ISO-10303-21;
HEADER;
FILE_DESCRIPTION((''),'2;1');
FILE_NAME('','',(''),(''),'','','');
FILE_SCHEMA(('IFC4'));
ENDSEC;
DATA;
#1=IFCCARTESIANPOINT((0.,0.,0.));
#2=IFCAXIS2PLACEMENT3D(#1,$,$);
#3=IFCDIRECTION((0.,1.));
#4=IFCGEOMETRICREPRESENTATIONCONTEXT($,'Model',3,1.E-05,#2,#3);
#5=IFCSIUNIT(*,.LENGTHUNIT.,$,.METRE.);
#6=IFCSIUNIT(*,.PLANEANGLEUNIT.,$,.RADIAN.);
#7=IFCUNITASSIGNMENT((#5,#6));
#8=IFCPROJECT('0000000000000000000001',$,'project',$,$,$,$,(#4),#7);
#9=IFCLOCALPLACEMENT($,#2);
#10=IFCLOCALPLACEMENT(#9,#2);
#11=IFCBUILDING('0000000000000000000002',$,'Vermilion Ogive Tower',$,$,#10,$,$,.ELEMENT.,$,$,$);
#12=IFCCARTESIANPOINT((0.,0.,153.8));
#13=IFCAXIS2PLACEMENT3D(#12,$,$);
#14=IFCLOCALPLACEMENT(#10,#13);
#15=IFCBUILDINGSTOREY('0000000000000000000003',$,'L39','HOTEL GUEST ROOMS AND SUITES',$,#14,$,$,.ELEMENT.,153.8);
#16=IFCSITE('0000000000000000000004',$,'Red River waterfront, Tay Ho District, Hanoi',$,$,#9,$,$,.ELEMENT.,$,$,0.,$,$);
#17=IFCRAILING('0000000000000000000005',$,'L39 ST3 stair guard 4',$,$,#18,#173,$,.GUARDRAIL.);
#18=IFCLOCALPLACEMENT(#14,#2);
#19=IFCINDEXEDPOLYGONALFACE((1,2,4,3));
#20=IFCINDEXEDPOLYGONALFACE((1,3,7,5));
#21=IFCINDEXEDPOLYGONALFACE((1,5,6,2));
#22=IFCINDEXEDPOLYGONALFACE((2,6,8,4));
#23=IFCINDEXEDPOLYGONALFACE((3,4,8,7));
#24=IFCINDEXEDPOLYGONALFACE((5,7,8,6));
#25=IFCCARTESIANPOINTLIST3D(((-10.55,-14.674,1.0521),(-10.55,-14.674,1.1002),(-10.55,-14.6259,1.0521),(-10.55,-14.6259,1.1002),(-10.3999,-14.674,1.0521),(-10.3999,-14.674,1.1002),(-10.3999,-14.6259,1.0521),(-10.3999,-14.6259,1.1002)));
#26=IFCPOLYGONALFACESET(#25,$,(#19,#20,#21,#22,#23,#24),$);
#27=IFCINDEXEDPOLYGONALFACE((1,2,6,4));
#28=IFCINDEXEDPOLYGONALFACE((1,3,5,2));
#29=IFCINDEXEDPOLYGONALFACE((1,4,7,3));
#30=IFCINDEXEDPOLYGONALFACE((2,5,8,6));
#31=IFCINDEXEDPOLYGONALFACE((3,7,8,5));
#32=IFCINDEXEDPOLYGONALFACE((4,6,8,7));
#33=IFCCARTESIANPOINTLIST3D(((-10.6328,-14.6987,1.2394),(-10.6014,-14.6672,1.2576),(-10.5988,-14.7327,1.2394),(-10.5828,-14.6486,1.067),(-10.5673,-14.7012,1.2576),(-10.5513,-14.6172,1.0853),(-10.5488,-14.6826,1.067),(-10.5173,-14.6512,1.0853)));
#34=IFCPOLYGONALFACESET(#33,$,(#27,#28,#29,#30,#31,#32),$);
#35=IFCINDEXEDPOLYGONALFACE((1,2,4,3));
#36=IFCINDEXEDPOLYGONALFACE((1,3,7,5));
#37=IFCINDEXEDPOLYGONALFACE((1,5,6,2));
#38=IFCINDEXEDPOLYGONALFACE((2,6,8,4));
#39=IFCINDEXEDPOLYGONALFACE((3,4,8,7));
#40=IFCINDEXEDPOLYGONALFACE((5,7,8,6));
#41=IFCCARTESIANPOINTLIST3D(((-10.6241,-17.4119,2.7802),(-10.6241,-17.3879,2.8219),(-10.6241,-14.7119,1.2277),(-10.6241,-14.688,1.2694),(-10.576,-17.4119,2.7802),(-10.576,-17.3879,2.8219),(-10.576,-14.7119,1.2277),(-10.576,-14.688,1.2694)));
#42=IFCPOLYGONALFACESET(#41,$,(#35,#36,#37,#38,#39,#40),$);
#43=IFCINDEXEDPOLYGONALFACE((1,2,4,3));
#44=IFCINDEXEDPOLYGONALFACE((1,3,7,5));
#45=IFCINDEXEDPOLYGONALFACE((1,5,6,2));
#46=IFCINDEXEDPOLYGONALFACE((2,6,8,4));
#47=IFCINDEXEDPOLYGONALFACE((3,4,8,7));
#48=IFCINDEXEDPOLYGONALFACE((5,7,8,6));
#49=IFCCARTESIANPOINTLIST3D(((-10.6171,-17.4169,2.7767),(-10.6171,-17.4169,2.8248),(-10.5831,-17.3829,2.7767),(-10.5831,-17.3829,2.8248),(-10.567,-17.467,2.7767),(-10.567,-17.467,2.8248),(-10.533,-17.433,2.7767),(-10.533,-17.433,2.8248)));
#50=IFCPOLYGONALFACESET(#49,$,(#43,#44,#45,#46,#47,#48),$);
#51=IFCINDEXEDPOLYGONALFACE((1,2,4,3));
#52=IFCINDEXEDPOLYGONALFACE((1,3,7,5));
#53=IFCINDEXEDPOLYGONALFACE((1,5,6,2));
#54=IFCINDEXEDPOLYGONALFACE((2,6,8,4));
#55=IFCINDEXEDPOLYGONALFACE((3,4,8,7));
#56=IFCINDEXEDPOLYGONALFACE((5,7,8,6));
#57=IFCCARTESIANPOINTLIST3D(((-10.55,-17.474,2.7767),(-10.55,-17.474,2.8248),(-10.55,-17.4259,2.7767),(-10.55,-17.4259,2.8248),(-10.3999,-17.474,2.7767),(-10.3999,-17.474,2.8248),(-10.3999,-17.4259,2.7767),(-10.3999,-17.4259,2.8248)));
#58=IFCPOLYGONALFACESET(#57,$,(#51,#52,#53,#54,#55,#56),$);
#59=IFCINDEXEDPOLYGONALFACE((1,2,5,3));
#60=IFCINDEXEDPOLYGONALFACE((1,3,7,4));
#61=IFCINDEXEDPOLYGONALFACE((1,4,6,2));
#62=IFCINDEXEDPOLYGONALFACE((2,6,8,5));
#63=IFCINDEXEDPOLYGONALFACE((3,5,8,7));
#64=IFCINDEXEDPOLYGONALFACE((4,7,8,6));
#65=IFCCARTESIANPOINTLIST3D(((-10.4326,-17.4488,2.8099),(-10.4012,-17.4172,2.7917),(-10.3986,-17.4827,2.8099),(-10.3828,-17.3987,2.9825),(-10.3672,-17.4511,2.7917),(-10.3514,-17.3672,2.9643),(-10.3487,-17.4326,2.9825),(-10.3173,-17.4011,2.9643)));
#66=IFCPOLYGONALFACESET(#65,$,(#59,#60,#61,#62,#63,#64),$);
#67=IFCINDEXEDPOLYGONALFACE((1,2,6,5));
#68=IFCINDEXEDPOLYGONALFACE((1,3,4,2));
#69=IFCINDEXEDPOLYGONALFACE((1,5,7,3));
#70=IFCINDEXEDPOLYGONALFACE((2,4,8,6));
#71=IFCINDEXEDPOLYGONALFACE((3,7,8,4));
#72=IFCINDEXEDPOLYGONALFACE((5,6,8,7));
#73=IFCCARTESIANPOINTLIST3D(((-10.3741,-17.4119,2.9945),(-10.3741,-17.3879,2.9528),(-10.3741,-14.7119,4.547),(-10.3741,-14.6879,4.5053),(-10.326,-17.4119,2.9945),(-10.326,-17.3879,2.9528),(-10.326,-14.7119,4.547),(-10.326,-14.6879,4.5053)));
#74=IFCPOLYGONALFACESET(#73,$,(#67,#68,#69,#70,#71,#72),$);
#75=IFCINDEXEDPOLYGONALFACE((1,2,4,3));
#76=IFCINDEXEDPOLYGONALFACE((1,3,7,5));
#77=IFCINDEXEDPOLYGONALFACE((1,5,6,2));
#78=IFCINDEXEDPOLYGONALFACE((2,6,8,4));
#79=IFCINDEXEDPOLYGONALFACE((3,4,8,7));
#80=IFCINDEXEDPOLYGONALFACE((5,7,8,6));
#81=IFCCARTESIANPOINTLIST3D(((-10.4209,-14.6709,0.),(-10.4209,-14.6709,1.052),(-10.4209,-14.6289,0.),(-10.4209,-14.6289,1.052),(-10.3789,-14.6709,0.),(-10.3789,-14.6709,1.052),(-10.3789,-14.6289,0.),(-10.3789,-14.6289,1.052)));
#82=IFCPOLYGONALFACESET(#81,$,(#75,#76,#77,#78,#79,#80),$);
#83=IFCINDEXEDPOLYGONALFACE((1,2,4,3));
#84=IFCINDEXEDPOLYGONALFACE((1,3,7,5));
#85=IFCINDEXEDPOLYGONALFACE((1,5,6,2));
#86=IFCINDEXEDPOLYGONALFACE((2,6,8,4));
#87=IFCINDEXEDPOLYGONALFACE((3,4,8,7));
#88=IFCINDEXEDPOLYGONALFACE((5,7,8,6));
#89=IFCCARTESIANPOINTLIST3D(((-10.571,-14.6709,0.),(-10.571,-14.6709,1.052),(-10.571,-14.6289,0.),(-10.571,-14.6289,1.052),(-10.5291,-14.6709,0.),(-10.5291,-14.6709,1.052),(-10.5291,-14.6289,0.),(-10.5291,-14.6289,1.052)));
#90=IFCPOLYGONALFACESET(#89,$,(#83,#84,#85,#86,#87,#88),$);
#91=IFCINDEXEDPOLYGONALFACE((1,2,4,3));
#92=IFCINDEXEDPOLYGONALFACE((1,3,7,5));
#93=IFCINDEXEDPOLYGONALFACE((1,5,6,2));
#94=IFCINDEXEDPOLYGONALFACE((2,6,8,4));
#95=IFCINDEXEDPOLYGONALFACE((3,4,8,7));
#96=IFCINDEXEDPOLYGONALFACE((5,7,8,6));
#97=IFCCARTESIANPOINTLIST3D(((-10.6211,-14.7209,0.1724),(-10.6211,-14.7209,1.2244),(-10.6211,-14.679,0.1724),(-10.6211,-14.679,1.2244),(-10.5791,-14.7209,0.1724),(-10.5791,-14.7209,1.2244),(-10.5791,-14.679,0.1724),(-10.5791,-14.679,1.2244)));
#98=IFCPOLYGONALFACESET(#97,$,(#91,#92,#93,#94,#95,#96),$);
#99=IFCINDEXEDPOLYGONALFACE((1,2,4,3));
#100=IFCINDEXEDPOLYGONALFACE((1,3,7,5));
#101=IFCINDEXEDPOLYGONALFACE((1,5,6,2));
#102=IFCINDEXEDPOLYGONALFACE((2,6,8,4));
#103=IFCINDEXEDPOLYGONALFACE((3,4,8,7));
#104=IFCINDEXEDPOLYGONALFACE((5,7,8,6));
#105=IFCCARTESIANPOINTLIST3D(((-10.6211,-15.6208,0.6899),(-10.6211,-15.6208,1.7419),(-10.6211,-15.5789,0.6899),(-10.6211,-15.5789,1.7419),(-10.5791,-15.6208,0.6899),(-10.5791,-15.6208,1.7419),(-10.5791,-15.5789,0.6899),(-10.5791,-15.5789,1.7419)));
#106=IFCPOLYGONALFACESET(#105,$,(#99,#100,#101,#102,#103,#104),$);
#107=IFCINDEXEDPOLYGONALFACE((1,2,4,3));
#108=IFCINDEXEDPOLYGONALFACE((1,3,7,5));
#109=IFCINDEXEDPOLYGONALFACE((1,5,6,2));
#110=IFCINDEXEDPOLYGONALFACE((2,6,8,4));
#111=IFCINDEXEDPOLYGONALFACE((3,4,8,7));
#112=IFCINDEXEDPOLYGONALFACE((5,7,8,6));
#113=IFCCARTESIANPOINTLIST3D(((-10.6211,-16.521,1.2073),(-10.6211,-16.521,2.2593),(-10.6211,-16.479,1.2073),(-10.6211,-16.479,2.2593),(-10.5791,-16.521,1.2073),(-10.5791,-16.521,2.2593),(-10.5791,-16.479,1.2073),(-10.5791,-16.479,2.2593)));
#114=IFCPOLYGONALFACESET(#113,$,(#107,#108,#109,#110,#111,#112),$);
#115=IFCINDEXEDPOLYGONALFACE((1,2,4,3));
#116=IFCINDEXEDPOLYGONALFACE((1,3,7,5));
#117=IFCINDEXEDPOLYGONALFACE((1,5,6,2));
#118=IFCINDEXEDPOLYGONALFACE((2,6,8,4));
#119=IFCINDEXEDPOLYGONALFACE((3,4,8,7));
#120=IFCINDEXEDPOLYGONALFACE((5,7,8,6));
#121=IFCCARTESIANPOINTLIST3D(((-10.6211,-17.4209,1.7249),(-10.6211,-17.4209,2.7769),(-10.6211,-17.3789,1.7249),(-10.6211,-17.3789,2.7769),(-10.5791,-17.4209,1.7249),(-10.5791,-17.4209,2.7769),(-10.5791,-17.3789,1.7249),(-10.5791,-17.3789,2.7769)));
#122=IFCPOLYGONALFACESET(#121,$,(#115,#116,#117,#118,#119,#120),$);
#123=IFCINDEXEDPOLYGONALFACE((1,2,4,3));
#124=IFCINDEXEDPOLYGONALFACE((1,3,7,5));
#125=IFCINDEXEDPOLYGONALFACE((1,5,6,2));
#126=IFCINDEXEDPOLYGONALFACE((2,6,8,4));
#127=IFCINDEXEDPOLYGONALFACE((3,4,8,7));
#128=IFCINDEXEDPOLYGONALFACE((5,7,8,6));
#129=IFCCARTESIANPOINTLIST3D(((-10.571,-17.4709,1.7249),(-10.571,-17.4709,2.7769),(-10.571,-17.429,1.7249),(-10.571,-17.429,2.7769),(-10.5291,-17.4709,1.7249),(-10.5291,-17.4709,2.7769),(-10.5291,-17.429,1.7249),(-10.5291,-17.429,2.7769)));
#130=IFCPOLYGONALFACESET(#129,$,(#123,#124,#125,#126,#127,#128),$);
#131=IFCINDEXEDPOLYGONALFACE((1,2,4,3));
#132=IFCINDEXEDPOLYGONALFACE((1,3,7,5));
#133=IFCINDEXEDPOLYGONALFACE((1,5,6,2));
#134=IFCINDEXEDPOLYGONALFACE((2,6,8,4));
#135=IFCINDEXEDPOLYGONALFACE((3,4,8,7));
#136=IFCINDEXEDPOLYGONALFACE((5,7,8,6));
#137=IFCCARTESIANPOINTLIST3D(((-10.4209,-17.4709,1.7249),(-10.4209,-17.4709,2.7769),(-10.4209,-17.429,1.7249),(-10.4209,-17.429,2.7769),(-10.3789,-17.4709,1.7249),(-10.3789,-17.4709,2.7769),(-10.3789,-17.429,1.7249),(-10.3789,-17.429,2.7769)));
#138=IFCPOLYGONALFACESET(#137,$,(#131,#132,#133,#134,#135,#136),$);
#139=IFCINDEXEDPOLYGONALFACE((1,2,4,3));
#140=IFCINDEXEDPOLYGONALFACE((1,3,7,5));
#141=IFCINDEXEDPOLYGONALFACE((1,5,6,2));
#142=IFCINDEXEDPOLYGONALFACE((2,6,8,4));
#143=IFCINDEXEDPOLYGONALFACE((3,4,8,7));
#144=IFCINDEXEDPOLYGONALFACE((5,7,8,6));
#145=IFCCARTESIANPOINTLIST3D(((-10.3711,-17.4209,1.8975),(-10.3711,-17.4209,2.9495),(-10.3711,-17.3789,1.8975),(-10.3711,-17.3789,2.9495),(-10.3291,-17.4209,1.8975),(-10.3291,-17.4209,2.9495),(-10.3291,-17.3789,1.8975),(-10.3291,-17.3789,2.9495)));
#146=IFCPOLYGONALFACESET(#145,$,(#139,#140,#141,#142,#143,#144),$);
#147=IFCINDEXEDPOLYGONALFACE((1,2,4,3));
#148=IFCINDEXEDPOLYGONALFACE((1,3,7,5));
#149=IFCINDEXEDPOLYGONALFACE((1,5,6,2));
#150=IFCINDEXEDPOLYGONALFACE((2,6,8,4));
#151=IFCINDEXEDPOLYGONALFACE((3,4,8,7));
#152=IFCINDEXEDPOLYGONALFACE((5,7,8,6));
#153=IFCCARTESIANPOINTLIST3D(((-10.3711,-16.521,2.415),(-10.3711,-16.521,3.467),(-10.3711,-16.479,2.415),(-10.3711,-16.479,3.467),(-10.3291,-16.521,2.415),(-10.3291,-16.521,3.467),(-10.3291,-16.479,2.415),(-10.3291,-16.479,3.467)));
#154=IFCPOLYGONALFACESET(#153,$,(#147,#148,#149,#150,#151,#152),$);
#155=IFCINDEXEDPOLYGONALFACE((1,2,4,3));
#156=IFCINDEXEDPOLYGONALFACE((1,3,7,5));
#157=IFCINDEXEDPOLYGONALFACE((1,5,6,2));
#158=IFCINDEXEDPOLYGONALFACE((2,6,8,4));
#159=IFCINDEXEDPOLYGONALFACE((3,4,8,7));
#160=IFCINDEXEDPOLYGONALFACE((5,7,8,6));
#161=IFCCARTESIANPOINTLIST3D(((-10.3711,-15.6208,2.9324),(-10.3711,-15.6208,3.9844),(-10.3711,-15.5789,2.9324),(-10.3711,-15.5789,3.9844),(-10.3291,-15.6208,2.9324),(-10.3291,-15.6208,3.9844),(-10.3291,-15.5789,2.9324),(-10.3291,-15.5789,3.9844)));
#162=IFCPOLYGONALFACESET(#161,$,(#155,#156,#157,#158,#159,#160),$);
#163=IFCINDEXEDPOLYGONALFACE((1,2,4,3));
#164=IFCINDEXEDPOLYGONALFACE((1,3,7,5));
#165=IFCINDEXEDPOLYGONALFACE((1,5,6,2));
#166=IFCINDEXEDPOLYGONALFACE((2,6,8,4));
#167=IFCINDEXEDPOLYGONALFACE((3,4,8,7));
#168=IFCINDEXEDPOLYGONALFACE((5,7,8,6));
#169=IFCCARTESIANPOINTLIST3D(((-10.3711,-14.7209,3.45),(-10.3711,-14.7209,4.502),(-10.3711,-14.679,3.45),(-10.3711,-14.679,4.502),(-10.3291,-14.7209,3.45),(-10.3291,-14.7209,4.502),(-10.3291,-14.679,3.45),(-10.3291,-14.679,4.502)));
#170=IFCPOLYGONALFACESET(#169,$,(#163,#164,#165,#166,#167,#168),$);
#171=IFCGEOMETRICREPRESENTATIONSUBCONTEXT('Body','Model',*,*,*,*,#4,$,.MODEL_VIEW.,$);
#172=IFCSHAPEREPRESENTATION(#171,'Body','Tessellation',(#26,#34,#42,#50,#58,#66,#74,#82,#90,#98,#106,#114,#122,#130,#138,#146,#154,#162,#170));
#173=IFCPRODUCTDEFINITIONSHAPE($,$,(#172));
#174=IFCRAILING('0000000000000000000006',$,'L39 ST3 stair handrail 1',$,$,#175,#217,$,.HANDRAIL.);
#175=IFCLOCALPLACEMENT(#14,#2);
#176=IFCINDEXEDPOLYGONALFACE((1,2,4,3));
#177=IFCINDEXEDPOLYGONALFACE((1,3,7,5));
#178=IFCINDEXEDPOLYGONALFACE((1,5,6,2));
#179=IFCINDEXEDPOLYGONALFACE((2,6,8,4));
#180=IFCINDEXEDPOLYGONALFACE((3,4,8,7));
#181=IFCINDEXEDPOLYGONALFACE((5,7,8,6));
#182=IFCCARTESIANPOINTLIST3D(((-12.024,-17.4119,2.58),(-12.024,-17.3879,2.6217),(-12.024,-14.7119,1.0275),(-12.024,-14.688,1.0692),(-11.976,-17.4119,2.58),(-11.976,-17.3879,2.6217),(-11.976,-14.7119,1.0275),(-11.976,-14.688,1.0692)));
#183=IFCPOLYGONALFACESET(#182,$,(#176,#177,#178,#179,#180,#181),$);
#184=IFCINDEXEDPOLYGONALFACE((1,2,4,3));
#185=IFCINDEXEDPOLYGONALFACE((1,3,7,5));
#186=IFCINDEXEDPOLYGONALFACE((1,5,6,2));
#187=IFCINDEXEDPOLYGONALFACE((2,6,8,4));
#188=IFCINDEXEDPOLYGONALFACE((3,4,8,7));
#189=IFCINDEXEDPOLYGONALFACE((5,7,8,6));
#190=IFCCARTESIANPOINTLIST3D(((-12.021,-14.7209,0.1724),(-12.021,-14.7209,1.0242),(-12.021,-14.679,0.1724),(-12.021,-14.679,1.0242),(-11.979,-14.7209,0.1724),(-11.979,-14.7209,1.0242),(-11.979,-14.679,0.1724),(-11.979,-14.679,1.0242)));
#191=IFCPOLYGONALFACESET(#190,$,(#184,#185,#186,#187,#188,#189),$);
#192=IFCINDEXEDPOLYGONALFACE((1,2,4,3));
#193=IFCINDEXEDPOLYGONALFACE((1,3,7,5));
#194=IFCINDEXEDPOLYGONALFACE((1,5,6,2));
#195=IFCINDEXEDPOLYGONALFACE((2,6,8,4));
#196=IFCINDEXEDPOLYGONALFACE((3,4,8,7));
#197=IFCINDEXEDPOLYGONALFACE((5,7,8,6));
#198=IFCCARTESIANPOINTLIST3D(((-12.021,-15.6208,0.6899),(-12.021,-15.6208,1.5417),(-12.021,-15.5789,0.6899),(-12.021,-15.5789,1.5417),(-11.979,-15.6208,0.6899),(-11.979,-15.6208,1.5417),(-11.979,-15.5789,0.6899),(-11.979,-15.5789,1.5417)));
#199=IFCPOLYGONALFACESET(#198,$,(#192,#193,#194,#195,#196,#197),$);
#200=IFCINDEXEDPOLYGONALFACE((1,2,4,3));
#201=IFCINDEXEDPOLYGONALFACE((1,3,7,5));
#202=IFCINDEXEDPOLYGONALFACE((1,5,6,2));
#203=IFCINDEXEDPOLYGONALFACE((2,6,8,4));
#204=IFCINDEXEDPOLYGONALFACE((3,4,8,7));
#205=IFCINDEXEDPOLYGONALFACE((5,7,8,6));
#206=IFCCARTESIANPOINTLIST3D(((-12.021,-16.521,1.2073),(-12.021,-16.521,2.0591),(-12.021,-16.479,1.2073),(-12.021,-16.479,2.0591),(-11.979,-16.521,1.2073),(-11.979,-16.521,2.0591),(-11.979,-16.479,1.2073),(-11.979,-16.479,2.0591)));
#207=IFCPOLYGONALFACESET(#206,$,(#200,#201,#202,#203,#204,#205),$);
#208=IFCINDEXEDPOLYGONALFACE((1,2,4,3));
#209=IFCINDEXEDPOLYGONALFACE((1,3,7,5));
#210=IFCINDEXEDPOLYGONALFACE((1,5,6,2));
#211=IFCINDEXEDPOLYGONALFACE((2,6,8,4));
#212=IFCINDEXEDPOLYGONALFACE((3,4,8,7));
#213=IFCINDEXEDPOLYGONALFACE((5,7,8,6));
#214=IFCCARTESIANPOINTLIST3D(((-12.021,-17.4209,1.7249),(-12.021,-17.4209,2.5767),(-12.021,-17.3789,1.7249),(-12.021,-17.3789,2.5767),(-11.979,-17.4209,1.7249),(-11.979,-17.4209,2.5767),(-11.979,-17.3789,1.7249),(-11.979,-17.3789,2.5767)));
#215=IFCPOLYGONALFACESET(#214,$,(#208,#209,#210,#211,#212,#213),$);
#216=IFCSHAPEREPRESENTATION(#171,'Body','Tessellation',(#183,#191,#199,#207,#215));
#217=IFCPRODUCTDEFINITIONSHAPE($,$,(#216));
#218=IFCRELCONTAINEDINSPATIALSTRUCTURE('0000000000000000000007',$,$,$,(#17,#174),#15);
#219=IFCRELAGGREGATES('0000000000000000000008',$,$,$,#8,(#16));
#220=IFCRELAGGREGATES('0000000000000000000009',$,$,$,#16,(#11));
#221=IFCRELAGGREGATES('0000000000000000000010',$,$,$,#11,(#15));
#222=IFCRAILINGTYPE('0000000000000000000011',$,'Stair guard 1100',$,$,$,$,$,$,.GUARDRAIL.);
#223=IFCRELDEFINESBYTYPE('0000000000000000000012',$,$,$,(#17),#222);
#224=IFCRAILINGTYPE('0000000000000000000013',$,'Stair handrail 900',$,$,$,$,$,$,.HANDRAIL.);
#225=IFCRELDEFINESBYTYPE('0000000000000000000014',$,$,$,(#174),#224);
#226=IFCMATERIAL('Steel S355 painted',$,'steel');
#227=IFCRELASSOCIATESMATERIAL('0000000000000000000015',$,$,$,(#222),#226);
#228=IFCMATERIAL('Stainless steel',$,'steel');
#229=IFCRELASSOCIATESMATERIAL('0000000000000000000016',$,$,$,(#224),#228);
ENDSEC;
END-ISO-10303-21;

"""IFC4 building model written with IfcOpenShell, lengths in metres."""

from ifc_helpers import new_model, si_unit, direction, frame, origin, origin_2d, place, context, subcontext, project, spatial, rectangle, extrude, material, type_object, element, save


model = new_model("IFC4")

# Units and contexts
model_context = context("Model", 3, precision=1e-05, world=origin(), true_north=direction((0.0, 1.0)))
body_context = subcontext(model_context, "Body", "Model", "MODEL_VIEW")
ifc_project = project(units=[si_unit("LENGTHUNIT", "METRE"), si_unit("PLANEANGLEUNIT", "RADIAN")], contexts=[model_context])

# Site, building, storey
site_placement = place(None, origin())
site = spatial("IfcSite", under=ifc_project, at=site_placement, Name="Red River waterfront, Tay Ho District, Hanoi", CompositionType="ELEMENT", RefElevation=0.0)
building_placement = place(site_placement, origin())
building = spatial("IfcBuilding", under=site, at=building_placement, Name="Vermilion Ogive Tower", CompositionType="ELEMENT")
storey_placement = place(building_placement, frame((0.0, 0.0, 153.8)))
storey = spatial("IfcBuildingStorey", under=building, at=storey_placement, Name="L39", Description="HOTEL GUEST ROOMS AND SUITES", CompositionType="ELEMENT", Elevation=153.8)

# Railings
ifc_material_1 = material(Name="Steel S355 painted", Category="steel")
railing_type_1 = type_object("IfcRailingType", Name="Stair guard 1100", PredefinedType="GUARDRAIL", material=ifc_material_1)
railing_1_placement = place(storey_placement, frame((-10.3999, -14.6499, 0.0)))
element("IfcRailing", 1, at=railing_1_placement, inside=storey, type_object=railing_type_1, Name="L39 ST3 stair guard 4", PredefinedType="GUARDRAIL", context=body_context, shape_type="SweptSolid", body=[
    extrude(rectangle(XDim=0.0481, YDim=0.0481, at=origin_2d()), frame((0.0, 0.0, 1.0762), z_axis=(-1.0, 0.0, 0.0), x_axis=(0.0, -1.0, 0.0)), (0.0, 0.0, 1.0), 0.1501),
    extrude(rectangle(XDim=0.0481, YDim=0.0481, at=origin_2d()), frame((-0.1501, 0.0, 1.0762), z_axis=(-0.268603, -0.268603, 0.925043), x_axis=(0.707107, -0.707107, 0.0)), (0.0, 0.0, 1.0), 0.1863),
    extrude(rectangle(XDim=0.0481, YDim=0.0481, at=origin_2d()), frame((-0.2002, -0.05, 1.2485), z_axis=(0.0, -0.866904, 0.498476), x_axis=(1.0, 0.0, 0.0)), (0.0, 0.0, 1.0), 3.1145),
    extrude(rectangle(XDim=0.0481, YDim=0.0481, at=origin_2d()), frame((-0.2002, -2.75, 2.8008), z_axis=(0.707107, -0.707107, 0.0), x_axis=(0.707107, 0.707107, 0.0)), (0.0, 0.0, 1.0), 0.0708),
    extrude(rectangle(XDim=0.0481, YDim=0.0481, at=origin_2d()), frame((-0.1501, -2.8, 2.8008), z_axis=(1.0, 0.0, 0.0), x_axis=(0.0, 1.0, 0.0)), (0.0, 0.0, 1.0), 0.1501),
    extrude(rectangle(XDim=0.0481, YDim=0.0481, at=origin_2d()), frame((0.0, -2.8, 2.8008), z_axis=(0.267063, 0.268372, 0.925556), x_axis=(-0.708834, 0.705376, 0.0)), (0.0, 0.0, 1.0), 0.1865),
    extrude(rectangle(XDim=0.0481, YDim=0.0481, at=origin_2d()), frame((0.0498, -2.75, 2.9736), z_axis=(0.0, 0.866904, 0.498476), x_axis=(-1.0, 0.0, 0.0)), (0.0, 0.0, 1.0), 3.1145),
    extrude(rectangle(XDim=0.042, YDim=0.042, at=origin_2d()), origin(), (0.0, 0.0, 1.0), 1.052),
    extrude(rectangle(XDim=0.042, YDim=0.042, at=origin_2d()), frame((-0.1501, 0.0, 0.0)), (0.0, 0.0, 1.0), 1.052),
    extrude(rectangle(XDim=0.042, YDim=0.042, at=origin_2d()), frame((-0.2002, -0.05, 0.1724)), (0.0, 0.0, 1.0), 1.052),
    extrude(rectangle(XDim=0.042, YDim=0.042, at=origin_2d()), frame((-0.2002, -0.95, 0.6899)), (0.0, 0.0, 1.0), 1.052),
    extrude(rectangle(XDim=0.042, YDim=0.042, at=origin_2d()), frame((-0.2002, -1.8501, 1.2073)), (0.0, 0.0, 1.0), 1.052),
    extrude(rectangle(XDim=0.042, YDim=0.042, at=origin_2d()), frame((-0.2002, -2.75, 1.7249)), (0.0, 0.0, 1.0), 1.052),
    extrude(rectangle(XDim=0.042, YDim=0.042, at=origin_2d()), frame((-0.1501, -2.8, 1.7249)), (0.0, 0.0, 1.0), 1.052),
    extrude(rectangle(XDim=0.042, YDim=0.042, at=origin_2d()), frame((0.0, -2.8, 1.7249)), (0.0, 0.0, 1.0), 1.052),
    extrude(rectangle(XDim=0.042, YDim=0.042, at=origin_2d()), frame((0.0498, -2.75, 1.8975)), (0.0, 0.0, 1.0), 1.052),
    extrude(rectangle(XDim=0.042, YDim=0.042, at=origin_2d()), frame((0.0498, -1.8501, 2.415)), (0.0, 0.0, 1.0), 1.052),
    extrude(rectangle(XDim=0.042, YDim=0.042, at=origin_2d()), frame((0.0498, -0.95, 2.9324)), (0.0, 0.0, 1.0), 1.052),
    extrude(rectangle(XDim=0.042, YDim=0.042, at=origin_2d()), frame((0.0498, -0.05, 3.45)), (0.0, 0.0, 1.0), 1.052),
])
ifc_material_2 = material(Name="Stainless steel", Category="steel")
railing_type_2 = type_object("IfcRailingType", Name="Stair handrail 900", PredefinedType="HANDRAIL", material=ifc_material_2)
railing_2_placement = place(storey_placement, frame((-12.0, -14.7, 0.1724)))
element("IfcRailing", 2, at=railing_2_placement, inside=storey, type_object=railing_type_2, Name="L39 ST3 stair handrail 1", PredefinedType="HANDRAIL", context=body_context, shape_type="SweptSolid", body=[
    extrude(rectangle(XDim=0.0481, YDim=0.0481, at=origin_2d()), frame((0.0, 0.0, 0.876), z_axis=(0.0, -0.866904, 0.498476), x_axis=(1.0, 0.0, 0.0)), (0.0, 0.0, 1.0), 3.1145),
    extrude(rectangle(XDim=0.042, YDim=0.042, at=origin_2d()), origin(), (0.0, 0.0, 1.0), 0.8518),
    extrude(rectangle(XDim=0.042, YDim=0.042, at=origin_2d()), frame((0.0, -0.8999, 0.5176)), (0.0, 0.0, 1.0), 0.8518),
    extrude(rectangle(XDim=0.042, YDim=0.042, at=origin_2d()), frame((0.0, -1.8, 1.0349)), (0.0, 0.0, 1.0), 0.8518),
    extrude(rectangle(XDim=0.042, YDim=0.042, at=origin_2d()), frame((0.0, -2.7, 1.5525)), (0.0, 0.0, 1.0), 0.8518),
])

save(model, "model.ifc")
